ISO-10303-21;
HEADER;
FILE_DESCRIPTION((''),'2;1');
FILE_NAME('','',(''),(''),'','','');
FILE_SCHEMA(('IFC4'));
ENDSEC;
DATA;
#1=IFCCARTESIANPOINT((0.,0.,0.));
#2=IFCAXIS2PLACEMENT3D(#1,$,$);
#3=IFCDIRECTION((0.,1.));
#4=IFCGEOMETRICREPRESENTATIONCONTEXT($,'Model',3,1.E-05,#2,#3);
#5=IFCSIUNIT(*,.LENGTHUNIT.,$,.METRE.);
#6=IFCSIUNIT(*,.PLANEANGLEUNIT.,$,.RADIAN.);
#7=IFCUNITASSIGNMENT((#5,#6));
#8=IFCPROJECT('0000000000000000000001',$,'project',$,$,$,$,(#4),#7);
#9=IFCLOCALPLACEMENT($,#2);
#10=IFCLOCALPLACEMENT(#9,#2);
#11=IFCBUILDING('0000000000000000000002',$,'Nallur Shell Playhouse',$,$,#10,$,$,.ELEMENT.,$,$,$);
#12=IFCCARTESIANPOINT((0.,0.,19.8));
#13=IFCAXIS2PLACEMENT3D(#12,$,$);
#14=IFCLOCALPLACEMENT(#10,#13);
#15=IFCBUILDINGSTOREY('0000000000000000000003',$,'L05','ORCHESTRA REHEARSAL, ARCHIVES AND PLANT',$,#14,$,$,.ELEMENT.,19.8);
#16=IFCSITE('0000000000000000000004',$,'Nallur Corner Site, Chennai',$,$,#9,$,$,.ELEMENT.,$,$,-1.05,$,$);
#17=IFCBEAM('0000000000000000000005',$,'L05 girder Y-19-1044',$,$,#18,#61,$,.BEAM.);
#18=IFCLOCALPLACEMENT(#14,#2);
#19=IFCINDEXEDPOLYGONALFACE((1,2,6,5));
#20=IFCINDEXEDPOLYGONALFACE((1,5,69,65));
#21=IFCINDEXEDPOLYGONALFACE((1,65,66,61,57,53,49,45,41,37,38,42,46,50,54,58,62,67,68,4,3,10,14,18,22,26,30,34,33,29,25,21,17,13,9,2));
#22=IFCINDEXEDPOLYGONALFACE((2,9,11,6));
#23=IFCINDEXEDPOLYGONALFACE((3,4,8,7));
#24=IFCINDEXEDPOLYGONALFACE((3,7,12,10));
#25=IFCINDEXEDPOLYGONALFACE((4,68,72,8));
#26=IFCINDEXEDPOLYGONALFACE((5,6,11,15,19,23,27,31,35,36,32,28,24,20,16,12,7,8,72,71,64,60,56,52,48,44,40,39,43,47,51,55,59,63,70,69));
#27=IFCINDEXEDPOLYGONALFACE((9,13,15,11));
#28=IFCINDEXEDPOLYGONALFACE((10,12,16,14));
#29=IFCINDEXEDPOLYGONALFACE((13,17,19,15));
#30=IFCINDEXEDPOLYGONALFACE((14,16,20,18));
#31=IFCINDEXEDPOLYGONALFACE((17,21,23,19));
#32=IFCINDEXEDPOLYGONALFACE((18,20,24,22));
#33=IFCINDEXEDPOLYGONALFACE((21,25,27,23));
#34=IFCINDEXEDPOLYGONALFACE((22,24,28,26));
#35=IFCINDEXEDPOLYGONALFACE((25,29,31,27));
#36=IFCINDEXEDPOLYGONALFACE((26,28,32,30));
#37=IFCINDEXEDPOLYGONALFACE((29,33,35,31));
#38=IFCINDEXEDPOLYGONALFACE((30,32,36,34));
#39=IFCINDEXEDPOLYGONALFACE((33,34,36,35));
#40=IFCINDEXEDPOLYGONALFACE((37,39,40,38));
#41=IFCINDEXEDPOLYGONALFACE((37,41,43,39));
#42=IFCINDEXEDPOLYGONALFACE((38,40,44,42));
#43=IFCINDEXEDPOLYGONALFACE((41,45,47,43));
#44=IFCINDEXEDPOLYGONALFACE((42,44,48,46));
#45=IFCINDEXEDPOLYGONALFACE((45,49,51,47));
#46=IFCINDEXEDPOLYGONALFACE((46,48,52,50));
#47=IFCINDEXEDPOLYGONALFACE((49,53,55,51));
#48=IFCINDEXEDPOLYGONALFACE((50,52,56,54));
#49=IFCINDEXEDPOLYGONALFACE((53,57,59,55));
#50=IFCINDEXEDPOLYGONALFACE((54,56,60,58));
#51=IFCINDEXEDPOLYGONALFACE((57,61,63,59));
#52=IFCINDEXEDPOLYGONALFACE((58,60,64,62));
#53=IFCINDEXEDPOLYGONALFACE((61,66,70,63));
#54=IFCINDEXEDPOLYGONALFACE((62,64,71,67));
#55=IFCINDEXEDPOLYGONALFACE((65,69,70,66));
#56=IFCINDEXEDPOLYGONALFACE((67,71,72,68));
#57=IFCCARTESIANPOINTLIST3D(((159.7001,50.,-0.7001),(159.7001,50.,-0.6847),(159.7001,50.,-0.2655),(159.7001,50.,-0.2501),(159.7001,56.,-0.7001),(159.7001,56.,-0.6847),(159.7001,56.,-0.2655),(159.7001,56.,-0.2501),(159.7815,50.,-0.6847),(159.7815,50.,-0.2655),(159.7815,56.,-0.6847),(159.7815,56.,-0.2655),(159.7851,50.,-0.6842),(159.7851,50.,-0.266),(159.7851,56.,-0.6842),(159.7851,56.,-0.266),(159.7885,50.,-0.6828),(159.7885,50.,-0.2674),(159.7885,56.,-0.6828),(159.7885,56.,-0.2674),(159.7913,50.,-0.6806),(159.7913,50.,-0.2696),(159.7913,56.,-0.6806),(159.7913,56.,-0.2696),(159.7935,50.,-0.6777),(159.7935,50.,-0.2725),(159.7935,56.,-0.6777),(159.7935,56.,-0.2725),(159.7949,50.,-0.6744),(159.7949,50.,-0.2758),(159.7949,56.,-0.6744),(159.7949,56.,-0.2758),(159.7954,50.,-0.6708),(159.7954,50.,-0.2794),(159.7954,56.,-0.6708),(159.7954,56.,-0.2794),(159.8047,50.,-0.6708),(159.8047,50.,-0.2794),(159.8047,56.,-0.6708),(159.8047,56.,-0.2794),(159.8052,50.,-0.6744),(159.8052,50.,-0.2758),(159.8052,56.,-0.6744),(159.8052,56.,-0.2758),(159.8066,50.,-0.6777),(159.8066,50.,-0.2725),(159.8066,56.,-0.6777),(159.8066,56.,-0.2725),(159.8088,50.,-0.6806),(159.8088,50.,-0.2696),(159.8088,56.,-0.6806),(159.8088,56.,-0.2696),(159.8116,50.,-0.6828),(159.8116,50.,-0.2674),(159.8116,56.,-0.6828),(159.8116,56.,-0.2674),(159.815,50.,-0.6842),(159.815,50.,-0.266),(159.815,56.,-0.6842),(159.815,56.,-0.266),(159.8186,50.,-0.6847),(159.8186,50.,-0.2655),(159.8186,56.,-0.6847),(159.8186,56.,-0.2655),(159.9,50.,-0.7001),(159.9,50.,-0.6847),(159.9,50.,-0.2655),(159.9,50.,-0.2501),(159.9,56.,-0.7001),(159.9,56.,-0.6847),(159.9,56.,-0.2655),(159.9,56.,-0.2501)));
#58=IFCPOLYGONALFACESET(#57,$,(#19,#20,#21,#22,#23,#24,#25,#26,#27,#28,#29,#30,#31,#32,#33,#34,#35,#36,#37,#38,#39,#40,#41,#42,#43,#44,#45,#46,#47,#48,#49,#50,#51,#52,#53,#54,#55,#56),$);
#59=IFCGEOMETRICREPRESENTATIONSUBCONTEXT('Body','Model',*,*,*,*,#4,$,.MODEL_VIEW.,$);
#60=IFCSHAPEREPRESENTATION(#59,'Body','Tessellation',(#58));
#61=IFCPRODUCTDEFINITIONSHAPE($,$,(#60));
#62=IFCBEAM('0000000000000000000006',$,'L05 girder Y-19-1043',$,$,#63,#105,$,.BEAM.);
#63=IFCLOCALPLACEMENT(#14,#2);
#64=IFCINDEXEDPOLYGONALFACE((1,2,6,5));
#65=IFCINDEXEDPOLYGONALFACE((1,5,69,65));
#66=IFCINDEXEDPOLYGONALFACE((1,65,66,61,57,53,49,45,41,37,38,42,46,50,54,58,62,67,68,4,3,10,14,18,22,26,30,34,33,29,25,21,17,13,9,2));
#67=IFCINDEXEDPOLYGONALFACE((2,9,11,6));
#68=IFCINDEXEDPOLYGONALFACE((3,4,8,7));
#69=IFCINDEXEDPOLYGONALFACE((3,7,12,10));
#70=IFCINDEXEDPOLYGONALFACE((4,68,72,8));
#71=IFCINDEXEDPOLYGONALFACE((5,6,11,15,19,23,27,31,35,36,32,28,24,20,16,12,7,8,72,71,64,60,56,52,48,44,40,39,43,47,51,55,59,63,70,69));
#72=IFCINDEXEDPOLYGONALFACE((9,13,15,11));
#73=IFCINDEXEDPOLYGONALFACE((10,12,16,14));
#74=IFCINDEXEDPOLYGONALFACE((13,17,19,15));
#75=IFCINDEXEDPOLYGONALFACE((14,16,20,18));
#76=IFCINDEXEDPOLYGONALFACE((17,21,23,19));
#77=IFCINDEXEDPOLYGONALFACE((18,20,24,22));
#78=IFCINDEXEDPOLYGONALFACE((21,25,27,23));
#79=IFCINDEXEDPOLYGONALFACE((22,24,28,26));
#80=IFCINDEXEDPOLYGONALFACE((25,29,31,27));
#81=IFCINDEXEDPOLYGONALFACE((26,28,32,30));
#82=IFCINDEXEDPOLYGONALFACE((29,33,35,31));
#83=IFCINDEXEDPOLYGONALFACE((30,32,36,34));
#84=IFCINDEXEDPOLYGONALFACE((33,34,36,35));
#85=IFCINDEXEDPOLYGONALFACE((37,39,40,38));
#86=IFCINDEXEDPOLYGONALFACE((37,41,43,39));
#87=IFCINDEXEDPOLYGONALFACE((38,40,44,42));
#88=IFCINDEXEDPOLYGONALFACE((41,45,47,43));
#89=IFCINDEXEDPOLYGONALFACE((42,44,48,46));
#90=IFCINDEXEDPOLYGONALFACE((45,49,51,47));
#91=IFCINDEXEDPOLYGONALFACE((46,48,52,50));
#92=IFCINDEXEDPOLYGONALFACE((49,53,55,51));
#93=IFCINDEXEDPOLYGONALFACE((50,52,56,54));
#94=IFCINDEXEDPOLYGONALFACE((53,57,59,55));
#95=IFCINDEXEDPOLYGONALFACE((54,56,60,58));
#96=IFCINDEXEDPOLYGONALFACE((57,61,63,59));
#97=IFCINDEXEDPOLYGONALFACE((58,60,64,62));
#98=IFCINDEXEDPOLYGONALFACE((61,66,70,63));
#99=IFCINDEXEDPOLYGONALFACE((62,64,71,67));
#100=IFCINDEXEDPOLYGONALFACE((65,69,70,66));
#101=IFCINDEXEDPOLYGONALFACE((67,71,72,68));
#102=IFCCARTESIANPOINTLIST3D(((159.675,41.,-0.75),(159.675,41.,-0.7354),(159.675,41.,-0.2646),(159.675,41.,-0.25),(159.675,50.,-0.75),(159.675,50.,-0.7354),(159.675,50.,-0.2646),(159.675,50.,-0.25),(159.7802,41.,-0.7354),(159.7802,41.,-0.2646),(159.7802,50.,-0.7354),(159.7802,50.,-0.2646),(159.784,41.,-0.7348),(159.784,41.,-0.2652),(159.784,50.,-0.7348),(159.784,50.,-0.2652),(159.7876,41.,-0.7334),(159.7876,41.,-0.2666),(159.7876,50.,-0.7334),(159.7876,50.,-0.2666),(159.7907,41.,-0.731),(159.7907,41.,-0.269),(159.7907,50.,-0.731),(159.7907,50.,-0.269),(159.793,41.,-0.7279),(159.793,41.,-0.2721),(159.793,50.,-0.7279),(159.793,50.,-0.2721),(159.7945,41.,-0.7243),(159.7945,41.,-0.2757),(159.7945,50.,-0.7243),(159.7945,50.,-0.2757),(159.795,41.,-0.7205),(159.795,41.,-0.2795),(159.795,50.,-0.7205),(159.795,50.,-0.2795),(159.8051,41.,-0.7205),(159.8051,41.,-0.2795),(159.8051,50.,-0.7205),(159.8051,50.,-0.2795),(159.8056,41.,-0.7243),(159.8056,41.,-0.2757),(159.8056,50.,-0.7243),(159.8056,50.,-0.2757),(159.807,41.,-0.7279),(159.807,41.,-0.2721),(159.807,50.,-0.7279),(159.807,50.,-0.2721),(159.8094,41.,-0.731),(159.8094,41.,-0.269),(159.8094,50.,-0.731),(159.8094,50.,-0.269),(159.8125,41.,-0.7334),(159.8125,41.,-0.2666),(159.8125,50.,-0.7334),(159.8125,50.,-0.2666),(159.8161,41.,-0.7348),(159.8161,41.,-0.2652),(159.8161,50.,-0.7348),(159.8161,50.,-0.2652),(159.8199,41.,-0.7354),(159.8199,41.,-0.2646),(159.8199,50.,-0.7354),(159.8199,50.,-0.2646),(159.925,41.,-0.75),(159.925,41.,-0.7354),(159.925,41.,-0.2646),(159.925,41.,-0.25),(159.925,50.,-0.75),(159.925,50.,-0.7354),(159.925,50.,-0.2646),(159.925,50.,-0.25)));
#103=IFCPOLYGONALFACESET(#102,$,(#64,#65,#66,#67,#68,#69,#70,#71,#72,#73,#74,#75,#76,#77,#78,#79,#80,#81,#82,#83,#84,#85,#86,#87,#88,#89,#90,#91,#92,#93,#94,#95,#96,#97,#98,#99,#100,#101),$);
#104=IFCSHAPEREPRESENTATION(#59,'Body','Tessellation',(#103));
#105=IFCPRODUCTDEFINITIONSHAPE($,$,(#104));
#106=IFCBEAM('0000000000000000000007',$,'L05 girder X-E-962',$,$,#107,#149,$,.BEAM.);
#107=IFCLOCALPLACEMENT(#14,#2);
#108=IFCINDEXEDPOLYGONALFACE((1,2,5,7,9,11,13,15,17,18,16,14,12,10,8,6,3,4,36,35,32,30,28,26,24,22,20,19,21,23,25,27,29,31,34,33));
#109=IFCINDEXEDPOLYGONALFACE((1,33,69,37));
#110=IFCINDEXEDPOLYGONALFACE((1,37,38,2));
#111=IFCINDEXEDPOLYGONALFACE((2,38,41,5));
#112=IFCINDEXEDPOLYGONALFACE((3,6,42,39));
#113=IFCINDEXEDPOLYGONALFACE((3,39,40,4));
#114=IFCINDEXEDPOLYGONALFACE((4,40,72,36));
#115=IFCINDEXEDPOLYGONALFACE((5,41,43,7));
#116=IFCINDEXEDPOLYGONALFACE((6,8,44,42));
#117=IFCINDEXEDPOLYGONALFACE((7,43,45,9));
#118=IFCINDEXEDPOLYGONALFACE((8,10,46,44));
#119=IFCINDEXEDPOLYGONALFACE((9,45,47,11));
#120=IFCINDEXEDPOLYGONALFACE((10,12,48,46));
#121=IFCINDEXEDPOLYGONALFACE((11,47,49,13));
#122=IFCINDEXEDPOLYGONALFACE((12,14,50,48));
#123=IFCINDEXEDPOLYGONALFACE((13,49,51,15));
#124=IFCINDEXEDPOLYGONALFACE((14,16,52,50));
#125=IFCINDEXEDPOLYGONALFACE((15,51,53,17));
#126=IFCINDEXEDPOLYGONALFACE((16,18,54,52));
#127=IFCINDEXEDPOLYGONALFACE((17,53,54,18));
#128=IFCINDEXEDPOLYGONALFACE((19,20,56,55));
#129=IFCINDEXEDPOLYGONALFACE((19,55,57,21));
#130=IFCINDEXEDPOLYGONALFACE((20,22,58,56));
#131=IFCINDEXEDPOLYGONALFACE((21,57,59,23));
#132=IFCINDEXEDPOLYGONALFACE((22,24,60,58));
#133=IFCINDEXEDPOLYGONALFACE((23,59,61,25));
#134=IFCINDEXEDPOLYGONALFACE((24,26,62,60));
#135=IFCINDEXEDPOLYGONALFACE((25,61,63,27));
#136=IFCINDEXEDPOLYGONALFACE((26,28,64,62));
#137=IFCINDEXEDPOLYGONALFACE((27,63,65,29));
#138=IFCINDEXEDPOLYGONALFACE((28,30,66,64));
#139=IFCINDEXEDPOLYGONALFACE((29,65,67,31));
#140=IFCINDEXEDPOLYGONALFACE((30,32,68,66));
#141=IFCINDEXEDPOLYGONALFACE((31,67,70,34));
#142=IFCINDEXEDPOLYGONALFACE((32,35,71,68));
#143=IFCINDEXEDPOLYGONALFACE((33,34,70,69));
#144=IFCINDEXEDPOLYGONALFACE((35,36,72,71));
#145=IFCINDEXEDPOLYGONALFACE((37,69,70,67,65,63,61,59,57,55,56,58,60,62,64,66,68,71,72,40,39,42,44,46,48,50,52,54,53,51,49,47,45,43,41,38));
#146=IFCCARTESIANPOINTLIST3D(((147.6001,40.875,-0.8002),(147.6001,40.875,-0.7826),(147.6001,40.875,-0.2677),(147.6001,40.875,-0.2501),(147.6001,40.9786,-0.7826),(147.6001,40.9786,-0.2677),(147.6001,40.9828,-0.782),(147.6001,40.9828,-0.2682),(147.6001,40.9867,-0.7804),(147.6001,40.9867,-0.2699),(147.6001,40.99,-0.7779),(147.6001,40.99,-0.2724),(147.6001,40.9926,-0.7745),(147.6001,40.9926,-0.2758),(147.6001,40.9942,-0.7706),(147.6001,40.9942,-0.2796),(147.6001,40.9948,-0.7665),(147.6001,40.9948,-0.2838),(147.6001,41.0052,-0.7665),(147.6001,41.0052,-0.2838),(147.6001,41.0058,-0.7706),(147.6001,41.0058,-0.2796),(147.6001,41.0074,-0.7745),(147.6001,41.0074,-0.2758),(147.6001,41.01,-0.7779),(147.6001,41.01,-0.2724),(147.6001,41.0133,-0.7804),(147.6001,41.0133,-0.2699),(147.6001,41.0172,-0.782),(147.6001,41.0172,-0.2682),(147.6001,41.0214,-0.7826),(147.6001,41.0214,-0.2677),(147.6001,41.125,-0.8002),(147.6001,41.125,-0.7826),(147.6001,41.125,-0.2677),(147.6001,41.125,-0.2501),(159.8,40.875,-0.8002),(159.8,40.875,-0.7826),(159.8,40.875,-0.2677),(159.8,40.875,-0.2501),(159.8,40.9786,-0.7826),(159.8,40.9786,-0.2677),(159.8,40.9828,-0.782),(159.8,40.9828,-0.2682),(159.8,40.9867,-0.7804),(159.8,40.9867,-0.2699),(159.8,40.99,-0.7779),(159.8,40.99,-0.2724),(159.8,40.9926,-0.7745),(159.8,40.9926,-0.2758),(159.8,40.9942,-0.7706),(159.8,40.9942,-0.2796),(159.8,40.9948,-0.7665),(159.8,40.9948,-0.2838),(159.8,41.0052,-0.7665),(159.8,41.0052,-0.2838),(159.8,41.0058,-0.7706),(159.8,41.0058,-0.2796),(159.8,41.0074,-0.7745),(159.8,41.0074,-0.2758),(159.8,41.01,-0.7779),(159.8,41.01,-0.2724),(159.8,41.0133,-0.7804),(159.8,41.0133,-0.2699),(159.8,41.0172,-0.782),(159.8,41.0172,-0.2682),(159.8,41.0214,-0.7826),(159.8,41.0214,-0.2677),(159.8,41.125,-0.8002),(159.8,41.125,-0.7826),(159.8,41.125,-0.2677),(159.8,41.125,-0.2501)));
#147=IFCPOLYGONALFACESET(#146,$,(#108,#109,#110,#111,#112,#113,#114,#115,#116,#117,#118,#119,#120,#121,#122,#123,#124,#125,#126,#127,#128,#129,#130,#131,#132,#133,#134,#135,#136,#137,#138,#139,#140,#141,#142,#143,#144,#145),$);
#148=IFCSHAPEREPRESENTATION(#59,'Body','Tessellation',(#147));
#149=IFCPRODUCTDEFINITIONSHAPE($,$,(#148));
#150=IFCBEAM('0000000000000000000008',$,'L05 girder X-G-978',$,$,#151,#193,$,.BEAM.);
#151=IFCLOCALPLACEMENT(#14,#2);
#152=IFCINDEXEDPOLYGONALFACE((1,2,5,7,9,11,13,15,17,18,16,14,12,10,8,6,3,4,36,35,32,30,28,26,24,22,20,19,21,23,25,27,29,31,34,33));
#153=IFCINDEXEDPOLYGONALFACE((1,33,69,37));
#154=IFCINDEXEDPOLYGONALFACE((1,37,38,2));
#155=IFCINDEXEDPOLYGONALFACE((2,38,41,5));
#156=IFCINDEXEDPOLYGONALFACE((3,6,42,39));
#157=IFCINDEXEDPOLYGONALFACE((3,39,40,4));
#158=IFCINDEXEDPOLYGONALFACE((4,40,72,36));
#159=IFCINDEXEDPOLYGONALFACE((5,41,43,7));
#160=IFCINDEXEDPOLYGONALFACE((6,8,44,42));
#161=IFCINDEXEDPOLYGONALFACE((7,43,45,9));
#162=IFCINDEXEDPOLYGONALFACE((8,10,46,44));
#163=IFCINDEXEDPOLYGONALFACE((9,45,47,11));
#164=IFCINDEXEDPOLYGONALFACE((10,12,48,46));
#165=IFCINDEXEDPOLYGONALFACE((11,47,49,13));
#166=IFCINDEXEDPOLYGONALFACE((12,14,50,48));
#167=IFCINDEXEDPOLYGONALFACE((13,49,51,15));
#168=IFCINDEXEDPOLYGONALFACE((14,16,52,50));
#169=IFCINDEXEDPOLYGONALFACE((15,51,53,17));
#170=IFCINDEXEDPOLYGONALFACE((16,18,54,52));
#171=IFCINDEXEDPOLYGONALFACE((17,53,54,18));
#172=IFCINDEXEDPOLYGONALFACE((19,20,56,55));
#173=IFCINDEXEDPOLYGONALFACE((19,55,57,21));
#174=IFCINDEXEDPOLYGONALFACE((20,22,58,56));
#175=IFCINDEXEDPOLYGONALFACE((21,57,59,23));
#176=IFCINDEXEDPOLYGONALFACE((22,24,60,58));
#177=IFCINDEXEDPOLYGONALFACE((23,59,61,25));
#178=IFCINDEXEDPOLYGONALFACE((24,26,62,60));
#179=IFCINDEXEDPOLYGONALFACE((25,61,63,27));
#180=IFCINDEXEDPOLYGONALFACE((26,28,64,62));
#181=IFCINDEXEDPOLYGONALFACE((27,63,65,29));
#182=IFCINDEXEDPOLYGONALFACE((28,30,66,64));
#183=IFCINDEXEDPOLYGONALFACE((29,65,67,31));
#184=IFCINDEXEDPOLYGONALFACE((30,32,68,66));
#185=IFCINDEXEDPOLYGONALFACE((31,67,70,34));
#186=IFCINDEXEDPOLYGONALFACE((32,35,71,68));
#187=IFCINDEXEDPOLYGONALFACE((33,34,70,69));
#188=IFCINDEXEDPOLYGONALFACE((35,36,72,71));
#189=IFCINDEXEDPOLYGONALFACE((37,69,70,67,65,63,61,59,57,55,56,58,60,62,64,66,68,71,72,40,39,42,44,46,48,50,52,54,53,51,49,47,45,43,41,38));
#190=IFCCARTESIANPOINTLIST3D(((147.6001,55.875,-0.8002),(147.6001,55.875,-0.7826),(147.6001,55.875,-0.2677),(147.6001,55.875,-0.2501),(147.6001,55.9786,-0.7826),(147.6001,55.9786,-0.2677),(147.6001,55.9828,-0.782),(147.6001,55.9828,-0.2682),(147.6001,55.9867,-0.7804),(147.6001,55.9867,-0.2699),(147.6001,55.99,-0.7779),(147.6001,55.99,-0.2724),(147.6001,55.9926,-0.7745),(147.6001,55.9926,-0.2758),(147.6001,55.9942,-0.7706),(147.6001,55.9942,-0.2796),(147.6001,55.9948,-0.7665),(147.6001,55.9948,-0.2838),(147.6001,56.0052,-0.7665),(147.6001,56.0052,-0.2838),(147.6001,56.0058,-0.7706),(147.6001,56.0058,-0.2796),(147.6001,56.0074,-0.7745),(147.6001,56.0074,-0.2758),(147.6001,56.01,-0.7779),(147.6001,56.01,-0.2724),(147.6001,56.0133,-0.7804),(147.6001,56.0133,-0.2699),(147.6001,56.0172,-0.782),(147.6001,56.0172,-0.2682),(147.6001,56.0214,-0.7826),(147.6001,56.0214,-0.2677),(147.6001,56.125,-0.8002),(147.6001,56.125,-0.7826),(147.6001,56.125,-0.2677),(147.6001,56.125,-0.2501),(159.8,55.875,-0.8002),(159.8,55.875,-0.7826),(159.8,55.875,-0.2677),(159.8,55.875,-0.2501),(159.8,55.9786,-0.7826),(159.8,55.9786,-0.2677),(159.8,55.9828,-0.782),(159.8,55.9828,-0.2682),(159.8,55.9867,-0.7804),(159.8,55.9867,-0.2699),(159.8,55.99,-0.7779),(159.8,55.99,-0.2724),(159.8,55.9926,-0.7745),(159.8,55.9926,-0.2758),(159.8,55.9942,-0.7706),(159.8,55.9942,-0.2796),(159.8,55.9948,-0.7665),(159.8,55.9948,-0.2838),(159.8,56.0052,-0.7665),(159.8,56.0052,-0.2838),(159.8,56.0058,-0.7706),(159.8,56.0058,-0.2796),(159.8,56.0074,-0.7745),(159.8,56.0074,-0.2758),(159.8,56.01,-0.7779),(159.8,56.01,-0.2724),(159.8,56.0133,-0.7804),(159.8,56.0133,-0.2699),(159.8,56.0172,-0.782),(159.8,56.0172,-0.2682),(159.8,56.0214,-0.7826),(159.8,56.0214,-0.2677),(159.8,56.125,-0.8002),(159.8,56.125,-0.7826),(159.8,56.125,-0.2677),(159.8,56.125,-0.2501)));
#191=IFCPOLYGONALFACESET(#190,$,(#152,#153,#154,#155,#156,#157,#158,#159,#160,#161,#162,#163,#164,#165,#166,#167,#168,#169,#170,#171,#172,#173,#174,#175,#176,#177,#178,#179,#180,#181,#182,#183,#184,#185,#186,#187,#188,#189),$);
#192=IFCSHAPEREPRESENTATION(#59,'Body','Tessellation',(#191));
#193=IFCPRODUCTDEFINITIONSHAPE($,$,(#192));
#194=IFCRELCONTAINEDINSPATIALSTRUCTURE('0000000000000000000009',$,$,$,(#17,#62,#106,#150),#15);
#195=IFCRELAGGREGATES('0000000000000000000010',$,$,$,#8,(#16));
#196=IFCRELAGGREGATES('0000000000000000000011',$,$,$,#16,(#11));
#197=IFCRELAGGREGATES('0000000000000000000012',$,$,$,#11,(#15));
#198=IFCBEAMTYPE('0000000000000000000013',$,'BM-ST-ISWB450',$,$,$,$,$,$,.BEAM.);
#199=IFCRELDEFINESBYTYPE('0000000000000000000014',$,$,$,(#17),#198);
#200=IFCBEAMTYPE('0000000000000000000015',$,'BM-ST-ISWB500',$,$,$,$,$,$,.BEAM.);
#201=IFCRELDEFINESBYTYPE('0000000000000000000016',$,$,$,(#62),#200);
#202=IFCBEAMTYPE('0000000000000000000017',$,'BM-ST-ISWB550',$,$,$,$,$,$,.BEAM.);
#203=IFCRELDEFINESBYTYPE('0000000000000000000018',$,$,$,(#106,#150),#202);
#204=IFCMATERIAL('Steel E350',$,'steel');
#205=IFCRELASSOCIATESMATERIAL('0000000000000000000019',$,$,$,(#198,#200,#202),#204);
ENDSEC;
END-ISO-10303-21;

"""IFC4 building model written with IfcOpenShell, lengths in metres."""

from ifc_helpers import new_model, si_unit, direction, frame, origin, origin_2d, place, context, subcontext, project, spatial, i_section, extrude, material, material_profile, profile_set, type_object, element, save


model = new_model("IFC4")

# Units and contexts
model_context = context("Model", 3, precision=1e-05, world=origin(), true_north=direction((0.0, 1.0)))
body_context = subcontext(model_context, "Body", "Model", "MODEL_VIEW")
ifc_project = project(units=[si_unit("LENGTHUNIT", "METRE"), si_unit("PLANEANGLEUNIT", "RADIAN")], contexts=[model_context])

# Site, building, storey
site_placement = place(None, origin())
site = spatial("IfcSite", under=ifc_project, at=site_placement, Name="Nallur Corner Site, Chennai", CompositionType="ELEMENT", RefElevation=-1.05)
building_placement = place(site_placement, origin())
building = spatial("IfcBuilding", under=site, at=building_placement, Name="Nallur Shell Playhouse", CompositionType="ELEMENT")
storey_placement = place(building_placement, frame((0.0, 0.0, 19.8)))
storey = spatial("IfcBuildingStorey", under=building, at=storey_placement, Name="L05", Description="ORCHESTRA REHEARSAL, ARCHIVES AND PLANT", CompositionType="ELEMENT", Elevation=19.8)

# Beams
ifc_material_1 = material(Name="Steel E350", Category="steel")
ifc_material_profile_1 = material_profile(ifc_material_1, i_section(OverallWidth=0.2, OverallDepth=0.45, WebThickness=0.0093, FlangeThickness=0.0154, FilletRadius=0.0139, at=origin_2d()), Name="ISWB 450")
ifc_profile_set_1 = profile_set([ifc_material_profile_1], Name="Steel E350")
beam_type_1 = type_object("IfcBeamType", Name="BM-ST-ISWB450", PredefinedType="BEAM", material=ifc_profile_set_1)
beam_1_placement = place(storey_placement, frame((159.8, 50.0, -0.4751), z_axis=(0.0, 1.0, 0.0), x_axis=(-1.0, 0.0, 0.0)))
element("IfcBeam", 1, at=beam_1_placement, inside=storey, type_object=beam_type_1, Name="L05 girder Y-19-1044", PredefinedType="BEAM", context=body_context, shape_type="SweptSolid", body=[
    extrude(i_section(OverallWidth=0.2, OverallDepth=0.45, WebThickness=0.0093, FlangeThickness=0.0154, FilletRadius=0.0139, at=origin_2d()), origin(), (0.0, 0.0, 1.0), 6.0),
])
ifc_material_profile_2 = material_profile(ifc_material_1, i_section(OverallWidth=0.25, OverallDepth=0.5, WebThickness=0.01, FlangeThickness=0.0146, FilletRadius=0.0149, at=origin_2d()), Name="ISWB 500")
ifc_profile_set_2 = profile_set([ifc_material_profile_2], Name="Steel E350")
beam_type_2 = type_object("IfcBeamType", Name="BM-ST-ISWB500", PredefinedType="BEAM", material=ifc_profile_set_2)
beam_2_placement = place(storey_placement, frame((159.8, 41.0, -0.5), z_axis=(0.0, 1.0, 0.0), x_axis=(-1.0, 0.0, 0.0)))
element("IfcBeam", 2, at=beam_2_placement, inside=storey, type_object=beam_type_2, Name="L05 girder Y-19-1043", PredefinedType="BEAM", context=body_context, shape_type="SweptSolid", body=[
    extrude(i_section(OverallWidth=0.25, OverallDepth=0.5, WebThickness=0.01, FlangeThickness=0.0146, FilletRadius=0.0149, at=origin_2d()), origin(), (0.0, 0.0, 1.0), 9.0),
])
ifc_material_profile_3 = material_profile(ifc_material_1, i_section(OverallWidth=0.25, OverallDepth=0.55, WebThickness=0.0105, FlangeThickness=0.0176, FilletRadius=0.0161, at=origin_2d()), Name="ISWB 550")
ifc_profile_set_3 = profile_set([ifc_material_profile_3], Name="Steel E350")
beam_type_3 = type_object("IfcBeamType", Name="BM-ST-ISWB550", PredefinedType="BEAM", material=ifc_profile_set_3)
for number, where, z_axis, x_axis, name in (
    (3, (147.6001, 41.0, -0.5251), (1.0, 0.0, 0.0), (0.0, 1.0, 0.0), "L05 girder X-E-962"),
    (4, (147.6001, 56.0, -0.5251), (1.0, 0.0, 0.0), (0.0, 1.0, 0.0), "L05 girder X-G-978"),
):
    element("IfcBeam", number, at=place(storey_placement, frame(where, z_axis=z_axis, x_axis=x_axis)), inside=storey, type_object=beam_type_3, Name=name, PredefinedType="BEAM", context=body_context, shape_type="SweptSolid", body=[
        extrude(i_section(OverallWidth=0.25, OverallDepth=0.55, WebThickness=0.0105, FlangeThickness=0.0176, FilletRadius=0.0161, at=origin_2d()), origin(), (0.0, 0.0, 1.0), 12.2),
    ])

save(model, "model.ifc")
